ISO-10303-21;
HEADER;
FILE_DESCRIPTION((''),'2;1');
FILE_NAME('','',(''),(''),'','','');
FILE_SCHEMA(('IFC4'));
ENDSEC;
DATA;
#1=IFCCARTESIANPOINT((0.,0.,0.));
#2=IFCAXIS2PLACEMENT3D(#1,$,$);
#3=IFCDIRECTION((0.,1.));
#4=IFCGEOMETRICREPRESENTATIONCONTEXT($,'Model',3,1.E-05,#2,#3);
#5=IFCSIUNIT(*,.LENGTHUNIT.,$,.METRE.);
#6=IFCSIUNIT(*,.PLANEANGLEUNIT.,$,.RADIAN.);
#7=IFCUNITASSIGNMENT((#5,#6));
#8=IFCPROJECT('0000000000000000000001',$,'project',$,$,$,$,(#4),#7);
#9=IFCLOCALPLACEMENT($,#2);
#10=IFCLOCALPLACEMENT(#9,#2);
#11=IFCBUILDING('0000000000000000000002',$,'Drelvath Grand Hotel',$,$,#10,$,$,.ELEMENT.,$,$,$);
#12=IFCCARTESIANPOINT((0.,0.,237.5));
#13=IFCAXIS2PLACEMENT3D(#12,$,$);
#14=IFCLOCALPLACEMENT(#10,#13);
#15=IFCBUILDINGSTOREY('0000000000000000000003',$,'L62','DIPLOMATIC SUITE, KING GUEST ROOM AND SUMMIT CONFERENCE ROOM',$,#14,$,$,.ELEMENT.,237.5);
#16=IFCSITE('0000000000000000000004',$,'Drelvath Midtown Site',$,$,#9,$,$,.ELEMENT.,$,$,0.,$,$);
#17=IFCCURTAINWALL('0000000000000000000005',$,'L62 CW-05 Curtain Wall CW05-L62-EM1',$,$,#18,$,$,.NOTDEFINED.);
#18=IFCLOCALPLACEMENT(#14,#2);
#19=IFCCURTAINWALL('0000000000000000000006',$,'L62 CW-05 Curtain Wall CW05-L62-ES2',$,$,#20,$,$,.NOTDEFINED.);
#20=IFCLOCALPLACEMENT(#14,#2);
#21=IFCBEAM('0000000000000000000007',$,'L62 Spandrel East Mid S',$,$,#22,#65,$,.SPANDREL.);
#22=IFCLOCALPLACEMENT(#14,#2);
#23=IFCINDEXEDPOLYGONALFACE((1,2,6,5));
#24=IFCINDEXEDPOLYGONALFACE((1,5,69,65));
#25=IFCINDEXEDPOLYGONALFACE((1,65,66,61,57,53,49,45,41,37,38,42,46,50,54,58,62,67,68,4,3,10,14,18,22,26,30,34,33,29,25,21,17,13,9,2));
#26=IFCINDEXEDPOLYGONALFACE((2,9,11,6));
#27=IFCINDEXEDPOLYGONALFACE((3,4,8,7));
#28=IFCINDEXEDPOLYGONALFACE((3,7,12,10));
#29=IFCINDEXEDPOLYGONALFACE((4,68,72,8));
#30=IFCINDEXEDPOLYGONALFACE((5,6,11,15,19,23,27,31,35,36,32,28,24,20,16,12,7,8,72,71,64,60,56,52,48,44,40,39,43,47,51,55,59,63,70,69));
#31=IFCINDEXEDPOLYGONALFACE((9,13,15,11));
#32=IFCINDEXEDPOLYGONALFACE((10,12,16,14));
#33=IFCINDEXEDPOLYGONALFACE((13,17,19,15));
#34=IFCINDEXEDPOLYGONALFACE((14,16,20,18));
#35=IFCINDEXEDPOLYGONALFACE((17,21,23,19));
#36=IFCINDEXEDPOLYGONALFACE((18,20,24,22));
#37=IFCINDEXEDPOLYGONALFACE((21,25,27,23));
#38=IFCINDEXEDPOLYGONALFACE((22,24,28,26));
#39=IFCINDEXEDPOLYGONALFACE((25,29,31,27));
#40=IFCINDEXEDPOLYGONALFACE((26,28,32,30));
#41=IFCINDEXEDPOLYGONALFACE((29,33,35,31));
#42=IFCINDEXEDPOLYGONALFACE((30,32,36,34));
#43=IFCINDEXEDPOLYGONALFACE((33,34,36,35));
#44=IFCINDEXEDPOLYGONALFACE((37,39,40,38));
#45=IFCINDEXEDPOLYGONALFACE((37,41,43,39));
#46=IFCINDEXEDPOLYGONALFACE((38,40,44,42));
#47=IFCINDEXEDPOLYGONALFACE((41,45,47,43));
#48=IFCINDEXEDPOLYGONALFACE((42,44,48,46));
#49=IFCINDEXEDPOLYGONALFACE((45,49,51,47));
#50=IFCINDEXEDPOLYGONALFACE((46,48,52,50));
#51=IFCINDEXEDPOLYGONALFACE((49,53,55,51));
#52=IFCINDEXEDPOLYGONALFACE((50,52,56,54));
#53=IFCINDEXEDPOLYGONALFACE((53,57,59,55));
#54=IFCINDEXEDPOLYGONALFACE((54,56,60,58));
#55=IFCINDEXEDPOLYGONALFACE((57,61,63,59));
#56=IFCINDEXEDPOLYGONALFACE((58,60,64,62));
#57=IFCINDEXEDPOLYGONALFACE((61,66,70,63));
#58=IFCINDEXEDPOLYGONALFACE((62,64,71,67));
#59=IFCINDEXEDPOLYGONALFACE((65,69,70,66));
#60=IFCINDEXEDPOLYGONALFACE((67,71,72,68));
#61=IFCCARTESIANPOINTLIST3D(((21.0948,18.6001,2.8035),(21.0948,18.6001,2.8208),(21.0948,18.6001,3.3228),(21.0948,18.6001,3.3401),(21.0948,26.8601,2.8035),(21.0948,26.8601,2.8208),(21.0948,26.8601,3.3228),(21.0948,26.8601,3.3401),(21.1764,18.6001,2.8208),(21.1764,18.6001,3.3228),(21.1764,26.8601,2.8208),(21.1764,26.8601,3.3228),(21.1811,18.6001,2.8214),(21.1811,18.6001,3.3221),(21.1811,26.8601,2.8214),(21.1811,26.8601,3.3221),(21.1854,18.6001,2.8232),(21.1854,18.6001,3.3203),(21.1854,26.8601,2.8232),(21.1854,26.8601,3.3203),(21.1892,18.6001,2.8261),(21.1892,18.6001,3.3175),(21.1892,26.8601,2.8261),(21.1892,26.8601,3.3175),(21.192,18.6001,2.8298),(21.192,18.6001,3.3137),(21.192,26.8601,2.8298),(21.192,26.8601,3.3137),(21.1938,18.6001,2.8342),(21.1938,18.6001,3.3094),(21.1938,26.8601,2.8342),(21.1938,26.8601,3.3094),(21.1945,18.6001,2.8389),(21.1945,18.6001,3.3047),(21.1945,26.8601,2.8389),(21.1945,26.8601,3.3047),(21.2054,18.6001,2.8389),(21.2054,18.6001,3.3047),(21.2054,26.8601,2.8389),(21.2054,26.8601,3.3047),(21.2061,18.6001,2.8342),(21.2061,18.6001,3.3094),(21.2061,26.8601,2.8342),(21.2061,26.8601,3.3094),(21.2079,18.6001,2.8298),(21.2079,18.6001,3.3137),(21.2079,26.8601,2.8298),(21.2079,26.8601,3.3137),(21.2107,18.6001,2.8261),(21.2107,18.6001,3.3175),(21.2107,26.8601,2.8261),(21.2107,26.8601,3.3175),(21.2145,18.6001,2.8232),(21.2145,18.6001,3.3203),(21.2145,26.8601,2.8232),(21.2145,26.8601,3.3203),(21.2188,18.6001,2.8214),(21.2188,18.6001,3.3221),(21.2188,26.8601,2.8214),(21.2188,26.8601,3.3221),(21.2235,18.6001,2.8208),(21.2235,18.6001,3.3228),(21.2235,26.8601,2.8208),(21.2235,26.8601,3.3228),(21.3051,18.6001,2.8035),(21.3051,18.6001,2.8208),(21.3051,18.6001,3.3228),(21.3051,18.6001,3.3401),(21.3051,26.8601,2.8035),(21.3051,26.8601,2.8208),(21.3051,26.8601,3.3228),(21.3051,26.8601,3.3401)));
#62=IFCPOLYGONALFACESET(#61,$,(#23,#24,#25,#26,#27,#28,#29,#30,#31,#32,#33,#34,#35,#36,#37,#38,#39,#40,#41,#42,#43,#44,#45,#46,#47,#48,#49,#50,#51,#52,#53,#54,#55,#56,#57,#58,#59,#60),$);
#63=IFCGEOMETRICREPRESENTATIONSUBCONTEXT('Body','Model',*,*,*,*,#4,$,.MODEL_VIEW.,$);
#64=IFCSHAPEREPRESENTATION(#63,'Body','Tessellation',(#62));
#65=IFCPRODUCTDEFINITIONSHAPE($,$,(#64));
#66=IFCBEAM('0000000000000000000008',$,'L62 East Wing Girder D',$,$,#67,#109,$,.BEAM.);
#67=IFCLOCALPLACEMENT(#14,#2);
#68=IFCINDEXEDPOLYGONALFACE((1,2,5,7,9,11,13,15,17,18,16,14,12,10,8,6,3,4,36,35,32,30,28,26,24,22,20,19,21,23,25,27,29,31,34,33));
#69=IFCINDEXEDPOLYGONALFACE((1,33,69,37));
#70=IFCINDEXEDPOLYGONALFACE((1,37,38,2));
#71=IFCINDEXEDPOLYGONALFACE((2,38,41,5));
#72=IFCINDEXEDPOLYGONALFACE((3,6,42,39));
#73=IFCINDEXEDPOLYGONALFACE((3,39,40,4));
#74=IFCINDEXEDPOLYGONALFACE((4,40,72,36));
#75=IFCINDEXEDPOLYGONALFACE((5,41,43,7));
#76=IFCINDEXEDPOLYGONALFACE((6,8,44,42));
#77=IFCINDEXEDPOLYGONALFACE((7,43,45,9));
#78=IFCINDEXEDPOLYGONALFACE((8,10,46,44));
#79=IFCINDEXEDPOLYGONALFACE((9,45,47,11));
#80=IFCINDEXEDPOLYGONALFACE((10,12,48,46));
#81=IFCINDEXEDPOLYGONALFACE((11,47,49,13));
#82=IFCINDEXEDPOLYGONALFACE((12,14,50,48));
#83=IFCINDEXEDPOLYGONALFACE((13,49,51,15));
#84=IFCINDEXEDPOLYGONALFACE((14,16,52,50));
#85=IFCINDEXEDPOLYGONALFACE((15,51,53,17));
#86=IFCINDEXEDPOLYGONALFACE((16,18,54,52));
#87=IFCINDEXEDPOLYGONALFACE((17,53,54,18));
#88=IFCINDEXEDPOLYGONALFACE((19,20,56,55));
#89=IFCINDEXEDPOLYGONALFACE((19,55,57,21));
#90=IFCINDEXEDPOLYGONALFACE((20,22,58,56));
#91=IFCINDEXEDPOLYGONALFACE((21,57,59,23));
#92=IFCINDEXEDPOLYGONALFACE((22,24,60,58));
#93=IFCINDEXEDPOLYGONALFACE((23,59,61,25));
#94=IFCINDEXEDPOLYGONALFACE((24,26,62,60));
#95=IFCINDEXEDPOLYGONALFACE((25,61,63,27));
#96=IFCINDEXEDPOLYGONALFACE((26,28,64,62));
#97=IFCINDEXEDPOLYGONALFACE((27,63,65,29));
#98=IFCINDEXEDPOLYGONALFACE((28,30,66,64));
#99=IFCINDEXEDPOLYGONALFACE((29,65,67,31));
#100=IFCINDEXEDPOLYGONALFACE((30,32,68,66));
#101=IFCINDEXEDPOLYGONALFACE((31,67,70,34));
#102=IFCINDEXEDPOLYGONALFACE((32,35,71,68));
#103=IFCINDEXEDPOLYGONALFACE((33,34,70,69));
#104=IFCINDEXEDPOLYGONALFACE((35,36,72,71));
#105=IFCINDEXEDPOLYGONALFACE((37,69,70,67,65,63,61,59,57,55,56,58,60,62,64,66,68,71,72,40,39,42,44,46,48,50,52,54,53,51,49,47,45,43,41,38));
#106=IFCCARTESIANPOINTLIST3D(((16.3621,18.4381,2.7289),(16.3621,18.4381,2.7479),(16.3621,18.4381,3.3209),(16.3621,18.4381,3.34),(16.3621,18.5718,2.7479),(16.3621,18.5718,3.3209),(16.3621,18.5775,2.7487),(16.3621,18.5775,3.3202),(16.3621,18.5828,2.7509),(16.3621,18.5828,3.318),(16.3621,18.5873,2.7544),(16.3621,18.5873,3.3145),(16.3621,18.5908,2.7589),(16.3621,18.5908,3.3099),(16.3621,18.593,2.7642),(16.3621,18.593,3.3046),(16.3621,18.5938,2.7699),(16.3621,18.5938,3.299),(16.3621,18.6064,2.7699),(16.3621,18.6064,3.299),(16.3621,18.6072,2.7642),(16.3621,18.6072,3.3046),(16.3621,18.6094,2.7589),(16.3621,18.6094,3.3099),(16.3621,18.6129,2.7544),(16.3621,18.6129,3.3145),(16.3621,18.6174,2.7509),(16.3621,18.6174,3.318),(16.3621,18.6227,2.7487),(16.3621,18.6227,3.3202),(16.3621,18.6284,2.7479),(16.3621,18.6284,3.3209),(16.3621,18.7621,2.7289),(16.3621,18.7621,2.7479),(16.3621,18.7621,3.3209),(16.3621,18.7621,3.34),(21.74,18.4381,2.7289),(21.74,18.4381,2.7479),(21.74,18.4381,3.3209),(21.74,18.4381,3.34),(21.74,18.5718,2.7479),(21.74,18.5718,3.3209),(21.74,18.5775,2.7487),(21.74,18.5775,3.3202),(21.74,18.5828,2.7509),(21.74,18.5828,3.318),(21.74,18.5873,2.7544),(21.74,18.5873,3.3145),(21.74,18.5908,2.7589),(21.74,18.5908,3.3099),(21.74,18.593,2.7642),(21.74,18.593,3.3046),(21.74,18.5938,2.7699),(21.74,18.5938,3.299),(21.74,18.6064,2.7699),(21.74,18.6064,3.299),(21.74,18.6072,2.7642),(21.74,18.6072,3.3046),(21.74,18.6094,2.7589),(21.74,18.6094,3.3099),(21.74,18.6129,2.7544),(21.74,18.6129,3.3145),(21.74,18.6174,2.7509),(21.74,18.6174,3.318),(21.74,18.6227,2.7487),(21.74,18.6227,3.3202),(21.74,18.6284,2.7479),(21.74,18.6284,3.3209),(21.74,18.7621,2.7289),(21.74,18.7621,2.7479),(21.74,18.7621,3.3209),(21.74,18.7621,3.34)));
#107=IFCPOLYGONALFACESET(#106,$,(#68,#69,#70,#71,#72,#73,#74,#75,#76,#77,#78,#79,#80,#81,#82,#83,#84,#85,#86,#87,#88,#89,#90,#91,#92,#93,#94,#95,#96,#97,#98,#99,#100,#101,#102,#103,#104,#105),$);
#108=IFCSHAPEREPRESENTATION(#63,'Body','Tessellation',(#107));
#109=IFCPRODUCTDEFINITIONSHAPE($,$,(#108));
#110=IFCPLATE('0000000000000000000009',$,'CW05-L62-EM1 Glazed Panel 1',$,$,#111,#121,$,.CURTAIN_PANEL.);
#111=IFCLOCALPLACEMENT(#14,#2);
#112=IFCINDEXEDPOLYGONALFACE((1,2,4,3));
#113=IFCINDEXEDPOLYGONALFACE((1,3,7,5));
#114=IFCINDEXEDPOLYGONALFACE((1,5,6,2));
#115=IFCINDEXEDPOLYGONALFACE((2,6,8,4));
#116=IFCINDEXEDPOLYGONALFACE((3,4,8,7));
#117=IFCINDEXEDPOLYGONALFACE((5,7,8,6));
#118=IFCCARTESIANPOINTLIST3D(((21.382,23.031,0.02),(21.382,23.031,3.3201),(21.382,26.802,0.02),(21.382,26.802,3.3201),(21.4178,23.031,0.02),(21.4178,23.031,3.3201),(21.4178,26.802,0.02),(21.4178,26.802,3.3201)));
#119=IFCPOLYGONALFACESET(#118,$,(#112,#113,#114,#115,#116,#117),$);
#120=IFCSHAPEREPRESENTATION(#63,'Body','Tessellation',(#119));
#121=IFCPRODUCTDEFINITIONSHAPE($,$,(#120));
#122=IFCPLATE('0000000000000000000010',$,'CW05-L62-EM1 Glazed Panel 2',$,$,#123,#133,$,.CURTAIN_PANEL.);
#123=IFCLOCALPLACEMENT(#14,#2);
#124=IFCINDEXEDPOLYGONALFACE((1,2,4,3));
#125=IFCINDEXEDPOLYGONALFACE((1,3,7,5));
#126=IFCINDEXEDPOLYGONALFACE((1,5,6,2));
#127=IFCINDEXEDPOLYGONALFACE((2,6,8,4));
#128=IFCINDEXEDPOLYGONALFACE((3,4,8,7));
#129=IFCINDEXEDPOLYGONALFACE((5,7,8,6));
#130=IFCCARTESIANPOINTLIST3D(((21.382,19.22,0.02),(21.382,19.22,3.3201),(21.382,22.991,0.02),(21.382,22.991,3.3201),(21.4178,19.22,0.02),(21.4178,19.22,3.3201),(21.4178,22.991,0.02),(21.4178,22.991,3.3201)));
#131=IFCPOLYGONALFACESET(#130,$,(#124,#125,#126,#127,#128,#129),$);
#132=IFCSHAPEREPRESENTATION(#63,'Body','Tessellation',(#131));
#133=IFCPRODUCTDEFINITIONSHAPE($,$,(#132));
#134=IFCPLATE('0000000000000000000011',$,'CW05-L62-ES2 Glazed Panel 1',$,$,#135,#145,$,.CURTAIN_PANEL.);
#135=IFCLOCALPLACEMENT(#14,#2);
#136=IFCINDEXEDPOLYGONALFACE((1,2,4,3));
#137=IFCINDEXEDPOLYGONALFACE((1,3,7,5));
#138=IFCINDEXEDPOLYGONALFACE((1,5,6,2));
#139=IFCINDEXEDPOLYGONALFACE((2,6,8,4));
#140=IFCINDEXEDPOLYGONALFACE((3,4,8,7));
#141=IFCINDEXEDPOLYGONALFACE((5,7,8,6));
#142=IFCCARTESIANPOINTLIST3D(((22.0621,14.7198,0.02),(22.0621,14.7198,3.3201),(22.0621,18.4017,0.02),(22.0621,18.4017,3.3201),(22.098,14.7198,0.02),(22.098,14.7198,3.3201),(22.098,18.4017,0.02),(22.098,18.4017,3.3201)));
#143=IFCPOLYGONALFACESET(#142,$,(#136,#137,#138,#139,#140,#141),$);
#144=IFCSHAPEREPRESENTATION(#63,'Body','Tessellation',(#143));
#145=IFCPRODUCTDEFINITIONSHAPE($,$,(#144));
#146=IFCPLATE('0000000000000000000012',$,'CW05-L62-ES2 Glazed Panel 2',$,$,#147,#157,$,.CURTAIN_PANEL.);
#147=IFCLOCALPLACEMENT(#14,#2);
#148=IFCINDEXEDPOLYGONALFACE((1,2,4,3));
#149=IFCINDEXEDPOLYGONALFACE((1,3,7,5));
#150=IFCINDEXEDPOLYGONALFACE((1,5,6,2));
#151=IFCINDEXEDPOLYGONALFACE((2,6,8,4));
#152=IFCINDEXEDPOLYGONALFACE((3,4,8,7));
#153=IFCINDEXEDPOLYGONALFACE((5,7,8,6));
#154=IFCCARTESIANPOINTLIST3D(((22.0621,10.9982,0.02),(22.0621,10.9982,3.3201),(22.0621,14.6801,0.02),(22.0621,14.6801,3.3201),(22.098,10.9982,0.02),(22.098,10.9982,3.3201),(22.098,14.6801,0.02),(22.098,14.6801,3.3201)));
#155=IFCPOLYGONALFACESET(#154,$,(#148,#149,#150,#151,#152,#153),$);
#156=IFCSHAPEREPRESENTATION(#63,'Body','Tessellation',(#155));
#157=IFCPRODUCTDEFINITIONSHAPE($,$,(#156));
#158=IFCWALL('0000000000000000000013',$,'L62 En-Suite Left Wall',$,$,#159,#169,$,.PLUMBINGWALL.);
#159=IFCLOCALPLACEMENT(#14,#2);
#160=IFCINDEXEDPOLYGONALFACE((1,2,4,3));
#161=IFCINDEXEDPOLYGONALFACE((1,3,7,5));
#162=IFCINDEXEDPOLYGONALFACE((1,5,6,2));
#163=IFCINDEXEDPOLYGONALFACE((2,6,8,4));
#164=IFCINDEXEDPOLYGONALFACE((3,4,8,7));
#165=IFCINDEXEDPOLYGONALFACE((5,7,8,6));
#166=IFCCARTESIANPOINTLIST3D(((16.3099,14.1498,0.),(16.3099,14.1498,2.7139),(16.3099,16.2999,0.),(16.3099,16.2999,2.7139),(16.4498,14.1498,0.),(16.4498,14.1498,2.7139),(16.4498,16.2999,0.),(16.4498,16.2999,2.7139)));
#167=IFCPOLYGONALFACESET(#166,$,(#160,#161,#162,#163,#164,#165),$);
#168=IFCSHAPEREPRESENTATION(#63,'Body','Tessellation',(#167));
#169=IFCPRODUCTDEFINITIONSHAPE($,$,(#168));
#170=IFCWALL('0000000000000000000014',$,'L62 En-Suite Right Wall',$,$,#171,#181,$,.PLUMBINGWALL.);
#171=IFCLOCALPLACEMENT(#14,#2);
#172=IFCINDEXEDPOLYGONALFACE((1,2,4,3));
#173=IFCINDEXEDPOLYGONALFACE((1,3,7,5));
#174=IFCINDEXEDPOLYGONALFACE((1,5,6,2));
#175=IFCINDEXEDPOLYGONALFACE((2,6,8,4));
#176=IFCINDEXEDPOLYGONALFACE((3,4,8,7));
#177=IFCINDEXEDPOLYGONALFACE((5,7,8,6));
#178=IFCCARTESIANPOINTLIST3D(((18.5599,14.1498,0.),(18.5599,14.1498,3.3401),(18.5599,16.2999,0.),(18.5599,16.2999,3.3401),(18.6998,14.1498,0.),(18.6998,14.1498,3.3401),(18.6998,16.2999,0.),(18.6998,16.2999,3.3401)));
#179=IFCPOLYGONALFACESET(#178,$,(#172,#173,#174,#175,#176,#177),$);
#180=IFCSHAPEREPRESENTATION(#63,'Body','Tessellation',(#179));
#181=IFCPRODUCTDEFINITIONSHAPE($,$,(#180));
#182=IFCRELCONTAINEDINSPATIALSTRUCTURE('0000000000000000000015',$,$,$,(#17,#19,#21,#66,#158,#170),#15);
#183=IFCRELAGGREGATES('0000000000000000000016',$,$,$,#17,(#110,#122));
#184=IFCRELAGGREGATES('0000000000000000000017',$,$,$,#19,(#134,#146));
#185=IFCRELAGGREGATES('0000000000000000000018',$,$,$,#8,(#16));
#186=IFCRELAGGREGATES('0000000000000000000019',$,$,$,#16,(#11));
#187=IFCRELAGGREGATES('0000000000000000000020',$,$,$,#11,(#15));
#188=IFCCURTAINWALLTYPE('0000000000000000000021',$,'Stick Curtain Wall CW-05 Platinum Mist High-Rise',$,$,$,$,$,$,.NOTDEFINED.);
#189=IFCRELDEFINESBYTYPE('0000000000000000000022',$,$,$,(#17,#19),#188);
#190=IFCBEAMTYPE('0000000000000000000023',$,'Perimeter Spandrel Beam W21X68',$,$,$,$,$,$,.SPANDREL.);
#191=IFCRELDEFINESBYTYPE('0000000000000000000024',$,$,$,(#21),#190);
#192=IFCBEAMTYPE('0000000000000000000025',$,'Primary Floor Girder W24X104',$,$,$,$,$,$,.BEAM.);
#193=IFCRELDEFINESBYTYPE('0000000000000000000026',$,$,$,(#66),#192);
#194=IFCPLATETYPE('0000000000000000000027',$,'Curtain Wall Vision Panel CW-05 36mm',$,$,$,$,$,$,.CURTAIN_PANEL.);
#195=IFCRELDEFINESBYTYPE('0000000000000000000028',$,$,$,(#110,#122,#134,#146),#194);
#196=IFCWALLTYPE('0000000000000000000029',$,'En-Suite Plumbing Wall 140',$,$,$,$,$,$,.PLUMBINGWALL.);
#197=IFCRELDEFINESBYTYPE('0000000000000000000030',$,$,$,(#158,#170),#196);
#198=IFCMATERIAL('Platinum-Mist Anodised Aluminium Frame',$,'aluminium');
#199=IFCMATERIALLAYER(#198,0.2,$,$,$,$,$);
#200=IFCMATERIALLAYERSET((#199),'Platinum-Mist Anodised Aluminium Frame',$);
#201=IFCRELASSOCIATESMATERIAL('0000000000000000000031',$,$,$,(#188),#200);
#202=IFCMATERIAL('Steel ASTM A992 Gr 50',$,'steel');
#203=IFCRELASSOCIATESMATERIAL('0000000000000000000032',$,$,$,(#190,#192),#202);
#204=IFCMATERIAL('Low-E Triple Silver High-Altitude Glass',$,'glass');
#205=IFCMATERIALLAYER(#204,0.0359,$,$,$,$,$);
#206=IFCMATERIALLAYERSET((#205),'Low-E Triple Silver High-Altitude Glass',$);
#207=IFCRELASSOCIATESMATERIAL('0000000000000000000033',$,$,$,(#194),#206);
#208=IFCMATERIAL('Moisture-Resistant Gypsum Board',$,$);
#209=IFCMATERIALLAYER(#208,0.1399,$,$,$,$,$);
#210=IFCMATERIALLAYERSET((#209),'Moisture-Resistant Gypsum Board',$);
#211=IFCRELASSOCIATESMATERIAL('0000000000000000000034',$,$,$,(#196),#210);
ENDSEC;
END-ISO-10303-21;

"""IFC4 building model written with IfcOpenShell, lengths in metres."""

from ifc_helpers import new_model, si_unit, direction, frame, frame_2d, origin, origin_2d, place, context, subcontext, project, spatial, rectangle, i_section, extrude, material, layer, layer_set, material_profile, profile_set, type_object, element, aggregate, save


model = new_model("IFC4")

# Units and contexts
model_context = context("Model", 3, precision=1e-05, world=origin(), true_north=direction((0.0, 1.0)))
body_context = subcontext(model_context, "Body", "Model", "MODEL_VIEW")
ifc_project = project(units=[si_unit("LENGTHUNIT", "METRE"), si_unit("PLANEANGLEUNIT", "RADIAN")], contexts=[model_context])

# Site, building, storey
site_placement = place(None, origin())
site = spatial("IfcSite", under=ifc_project, at=site_placement, Name="Drelvath Midtown Site", CompositionType="ELEMENT", RefElevation=0.0)
building_placement = place(site_placement, origin())
building = spatial("IfcBuilding", under=site, at=building_placement, Name="Drelvath Grand Hotel", CompositionType="ELEMENT")
storey_placement = place(building_placement, frame((0.0, 0.0, 237.5)))
storey = spatial("IfcBuildingStorey", under=building, at=storey_placement, Name="L62", Description="DIPLOMATIC SUITE, KING GUEST ROOM AND SUMMIT CONFERENCE ROOM", CompositionType="ELEMENT", Elevation=237.5)

# Curtain walls
ifc_material_1 = material(Name="Platinum-Mist Anodised Aluminium Frame", Category="aluminium")
ifc_layer_1 = layer(ifc_material_1, 0.2)
ifc_layer_set_1 = layer_set([ifc_layer_1], Name="Platinum-Mist Anodised Aluminium Frame")
curtain_wall_type = type_object("IfcCurtainWallType", Name="Stick Curtain Wall CW-05 Platinum Mist High-Rise", PredefinedType="NOTDEFINED", material=ifc_layer_set_1)
curtain_wall_1_placement = place(storey_placement, origin())
curtain_wall_1 = element("IfcCurtainWall", 1, at=curtain_wall_1_placement, inside=storey, type_object=curtain_wall_type, Name="L62 CW-05 Curtain Wall CW05-L62-EM1", PredefinedType="NOTDEFINED")
curtain_wall_2_placement = place(storey_placement, origin())
curtain_wall_2 = element("IfcCurtainWall", 2, at=curtain_wall_2_placement, inside=storey, type_object=curtain_wall_type, Name="L62 CW-05 Curtain Wall CW05-L62-ES2", PredefinedType="NOTDEFINED")

# Beams
ifc_material_2 = material(Name="Steel ASTM A992 Gr 50", Category="steel")
ifc_material_profile_1 = material_profile(ifc_material_2, i_section(OverallWidth=0.2102, OverallDepth=0.5366, WebThickness=0.011, FlangeThickness=0.0173, FilletRadius=0.0181, at=origin_2d()), Name="W21X68")
ifc_profile_set_1 = profile_set([ifc_material_profile_1], Name="Steel ASTM A992 Gr 50")
beam_type_1 = type_object("IfcBeamType", Name="Perimeter Spandrel Beam W21X68", PredefinedType="SPANDREL", material=ifc_profile_set_1)
beam_1_placement = place(storey_placement, frame((21.2, 18.6001, 3.0718), z_axis=(0.0, 1.0, 0.0), x_axis=(-1.0, 0.0, 0.0)))
element("IfcBeam", 3, at=beam_1_placement, inside=storey, type_object=beam_type_1, Name="L62 Spandrel East Mid S", PredefinedType="SPANDREL", context=body_context, shape_type="SweptSolid", body=[
    extrude(i_section(OverallWidth=0.2102, OverallDepth=0.5366, WebThickness=0.011, FlangeThickness=0.0173, FilletRadius=0.0181, at=origin_2d()), origin(), (0.0, 0.0, 1.0), 8.26),
])
ifc_material_profile_2 = material_profile(ifc_material_2, i_section(OverallWidth=0.324, OverallDepth=0.6111, WebThickness=0.0127, FlangeThickness=0.019, FilletRadius=0.022, at=origin_2d()), Name="W24X104")
ifc_profile_set_2 = profile_set([ifc_material_profile_2], Name="Steel ASTM A992 Gr 50")
beam_type_2 = type_object("IfcBeamType", Name="Primary Floor Girder W24X104", PredefinedType="BEAM", material=ifc_profile_set_2)
beam_2_placement = place(storey_placement, frame((16.3621, 18.6001, 3.0344), z_axis=(1.0, 0.0, 0.0), x_axis=(0.0, 1.0, 0.0)))
element("IfcBeam", 4, at=beam_2_placement, inside=storey, type_object=beam_type_2, Name="L62 East Wing Girder D", PredefinedType="BEAM", context=body_context, shape_type="SweptSolid", body=[
    extrude(i_section(OverallWidth=0.324, OverallDepth=0.6111, WebThickness=0.0127, FlangeThickness=0.019, FilletRadius=0.022, at=origin_2d()), origin(), (0.0, 0.0, 1.0), 5.3779),
])

# Plates
ifc_material_3 = material(Name="Low-E Triple Silver High-Altitude Glass", Category="glass")
ifc_layer_2 = layer(ifc_material_3, 0.0359)
ifc_layer_set_2 = layer_set([ifc_layer_2], Name="Low-E Triple Silver High-Altitude Glass")
plate_type = type_object("IfcPlateType", Name="Curtain Wall Vision Panel CW-05 36mm", PredefinedType="CURTAIN_PANEL", material=ifc_layer_set_2)
plate_1_placement = place(storey_placement, frame((21.3999, 24.9165, 0.02), z_axis=(0.0, 0.0, 1.0), x_axis=(0.0, -1.0, 0.0)))
plate_1 = element("IfcPlate", 5, at=plate_1_placement, type_object=plate_type, Name="CW05-L62-EM1 Glazed Panel 1", PredefinedType="CURTAIN_PANEL", context=body_context, shape_type="SweptSolid", body=[
    extrude(rectangle(XDim=3.771, YDim=0.0359, at=origin_2d()), origin(), (0.0, 0.0, 1.0), 3.3),
])
plate_2_placement = place(storey_placement, frame((21.3999, 21.1055, 0.02), z_axis=(0.0, 0.0, 1.0), x_axis=(0.0, -1.0, 0.0)))
plate_2 = element("IfcPlate", 6, at=plate_2_placement, type_object=plate_type, Name="CW05-L62-EM1 Glazed Panel 2", PredefinedType="CURTAIN_PANEL", context=body_context, shape_type="SweptSolid", body=[
    extrude(rectangle(XDim=3.771, YDim=0.0359, at=origin_2d()), origin(), (0.0, 0.0, 1.0), 3.3),
])
aggregate(curtain_wall_1, [plate_1, plate_2])
plate_3_placement = place(storey_placement, frame((22.0801, 16.5608, 0.02), z_axis=(0.0, 0.0, 1.0), x_axis=(0.0, -1.0, 0.0)))
plate_3 = element("IfcPlate", 7, at=plate_3_placement, type_object=plate_type, Name="CW05-L62-ES2 Glazed Panel 1", PredefinedType="CURTAIN_PANEL", context=body_context, shape_type="SweptSolid", body=[
    extrude(rectangle(XDim=3.6819, YDim=0.0359, at=origin_2d()), origin(), (0.0, 0.0, 1.0), 3.3),
])
plate_4_placement = place(storey_placement, frame((22.0801, 12.8391, 0.02), z_axis=(0.0, 0.0, 1.0), x_axis=(0.0, -1.0, 0.0)))
plate_4 = element("IfcPlate", 8, at=plate_4_placement, type_object=plate_type, Name="CW05-L62-ES2 Glazed Panel 2", PredefinedType="CURTAIN_PANEL", context=body_context, shape_type="SweptSolid", body=[
    extrude(rectangle(XDim=3.6819, YDim=0.0359, at=origin_2d()), origin(), (0.0, 0.0, 1.0), 3.3),
])
aggregate(curtain_wall_2, [plate_3, plate_4])

# Walls
ifc_material_4 = material(Name="Moisture-Resistant Gypsum Board")
ifc_layer_3 = layer(ifc_material_4, 0.1399)
ifc_layer_set_3 = layer_set([ifc_layer_3], Name="Moisture-Resistant Gypsum Board")
wall_type_1 = type_object("IfcWallType", Name="En-Suite Plumbing Wall 140", PredefinedType="PLUMBINGWALL", material=ifc_layer_set_3)
wall_1_placement = place(storey_placement, frame((16.3799, 16.3, 0.0), z_axis=(0.0, 0.0, 1.0), x_axis=(0.0, -1.0, 0.0)))
element("IfcWall", 9, at=wall_1_placement, inside=storey, type_object=wall_type_1, Name="L62 En-Suite Left Wall", PredefinedType="PLUMBINGWALL", context=body_context, shape_type="SweptSolid", body=[
    extrude(rectangle(XDim=2.1501, YDim=0.1399, at=frame_2d((1.0752, 0.0))), origin(), (0.0, 0.0, 1.0), 2.7139),
])
wall_2_placement = place(storey_placement, frame((18.6299, 16.3, 0.0), z_axis=(0.0, 0.0, 1.0), x_axis=(0.0, -1.0, 0.0)))
element("IfcWall", 10, at=wall_2_placement, inside=storey, type_object=wall_type_1, Name="L62 En-Suite Right Wall", PredefinedType="PLUMBINGWALL", context=body_context, shape_type="SweptSolid", body=[
    extrude(rectangle(XDim=2.1501, YDim=0.1399, at=frame_2d((1.0752, 0.0))), origin(), (0.0, 0.0, 1.0), 3.3401),
])

save(model, "model.ifc")
